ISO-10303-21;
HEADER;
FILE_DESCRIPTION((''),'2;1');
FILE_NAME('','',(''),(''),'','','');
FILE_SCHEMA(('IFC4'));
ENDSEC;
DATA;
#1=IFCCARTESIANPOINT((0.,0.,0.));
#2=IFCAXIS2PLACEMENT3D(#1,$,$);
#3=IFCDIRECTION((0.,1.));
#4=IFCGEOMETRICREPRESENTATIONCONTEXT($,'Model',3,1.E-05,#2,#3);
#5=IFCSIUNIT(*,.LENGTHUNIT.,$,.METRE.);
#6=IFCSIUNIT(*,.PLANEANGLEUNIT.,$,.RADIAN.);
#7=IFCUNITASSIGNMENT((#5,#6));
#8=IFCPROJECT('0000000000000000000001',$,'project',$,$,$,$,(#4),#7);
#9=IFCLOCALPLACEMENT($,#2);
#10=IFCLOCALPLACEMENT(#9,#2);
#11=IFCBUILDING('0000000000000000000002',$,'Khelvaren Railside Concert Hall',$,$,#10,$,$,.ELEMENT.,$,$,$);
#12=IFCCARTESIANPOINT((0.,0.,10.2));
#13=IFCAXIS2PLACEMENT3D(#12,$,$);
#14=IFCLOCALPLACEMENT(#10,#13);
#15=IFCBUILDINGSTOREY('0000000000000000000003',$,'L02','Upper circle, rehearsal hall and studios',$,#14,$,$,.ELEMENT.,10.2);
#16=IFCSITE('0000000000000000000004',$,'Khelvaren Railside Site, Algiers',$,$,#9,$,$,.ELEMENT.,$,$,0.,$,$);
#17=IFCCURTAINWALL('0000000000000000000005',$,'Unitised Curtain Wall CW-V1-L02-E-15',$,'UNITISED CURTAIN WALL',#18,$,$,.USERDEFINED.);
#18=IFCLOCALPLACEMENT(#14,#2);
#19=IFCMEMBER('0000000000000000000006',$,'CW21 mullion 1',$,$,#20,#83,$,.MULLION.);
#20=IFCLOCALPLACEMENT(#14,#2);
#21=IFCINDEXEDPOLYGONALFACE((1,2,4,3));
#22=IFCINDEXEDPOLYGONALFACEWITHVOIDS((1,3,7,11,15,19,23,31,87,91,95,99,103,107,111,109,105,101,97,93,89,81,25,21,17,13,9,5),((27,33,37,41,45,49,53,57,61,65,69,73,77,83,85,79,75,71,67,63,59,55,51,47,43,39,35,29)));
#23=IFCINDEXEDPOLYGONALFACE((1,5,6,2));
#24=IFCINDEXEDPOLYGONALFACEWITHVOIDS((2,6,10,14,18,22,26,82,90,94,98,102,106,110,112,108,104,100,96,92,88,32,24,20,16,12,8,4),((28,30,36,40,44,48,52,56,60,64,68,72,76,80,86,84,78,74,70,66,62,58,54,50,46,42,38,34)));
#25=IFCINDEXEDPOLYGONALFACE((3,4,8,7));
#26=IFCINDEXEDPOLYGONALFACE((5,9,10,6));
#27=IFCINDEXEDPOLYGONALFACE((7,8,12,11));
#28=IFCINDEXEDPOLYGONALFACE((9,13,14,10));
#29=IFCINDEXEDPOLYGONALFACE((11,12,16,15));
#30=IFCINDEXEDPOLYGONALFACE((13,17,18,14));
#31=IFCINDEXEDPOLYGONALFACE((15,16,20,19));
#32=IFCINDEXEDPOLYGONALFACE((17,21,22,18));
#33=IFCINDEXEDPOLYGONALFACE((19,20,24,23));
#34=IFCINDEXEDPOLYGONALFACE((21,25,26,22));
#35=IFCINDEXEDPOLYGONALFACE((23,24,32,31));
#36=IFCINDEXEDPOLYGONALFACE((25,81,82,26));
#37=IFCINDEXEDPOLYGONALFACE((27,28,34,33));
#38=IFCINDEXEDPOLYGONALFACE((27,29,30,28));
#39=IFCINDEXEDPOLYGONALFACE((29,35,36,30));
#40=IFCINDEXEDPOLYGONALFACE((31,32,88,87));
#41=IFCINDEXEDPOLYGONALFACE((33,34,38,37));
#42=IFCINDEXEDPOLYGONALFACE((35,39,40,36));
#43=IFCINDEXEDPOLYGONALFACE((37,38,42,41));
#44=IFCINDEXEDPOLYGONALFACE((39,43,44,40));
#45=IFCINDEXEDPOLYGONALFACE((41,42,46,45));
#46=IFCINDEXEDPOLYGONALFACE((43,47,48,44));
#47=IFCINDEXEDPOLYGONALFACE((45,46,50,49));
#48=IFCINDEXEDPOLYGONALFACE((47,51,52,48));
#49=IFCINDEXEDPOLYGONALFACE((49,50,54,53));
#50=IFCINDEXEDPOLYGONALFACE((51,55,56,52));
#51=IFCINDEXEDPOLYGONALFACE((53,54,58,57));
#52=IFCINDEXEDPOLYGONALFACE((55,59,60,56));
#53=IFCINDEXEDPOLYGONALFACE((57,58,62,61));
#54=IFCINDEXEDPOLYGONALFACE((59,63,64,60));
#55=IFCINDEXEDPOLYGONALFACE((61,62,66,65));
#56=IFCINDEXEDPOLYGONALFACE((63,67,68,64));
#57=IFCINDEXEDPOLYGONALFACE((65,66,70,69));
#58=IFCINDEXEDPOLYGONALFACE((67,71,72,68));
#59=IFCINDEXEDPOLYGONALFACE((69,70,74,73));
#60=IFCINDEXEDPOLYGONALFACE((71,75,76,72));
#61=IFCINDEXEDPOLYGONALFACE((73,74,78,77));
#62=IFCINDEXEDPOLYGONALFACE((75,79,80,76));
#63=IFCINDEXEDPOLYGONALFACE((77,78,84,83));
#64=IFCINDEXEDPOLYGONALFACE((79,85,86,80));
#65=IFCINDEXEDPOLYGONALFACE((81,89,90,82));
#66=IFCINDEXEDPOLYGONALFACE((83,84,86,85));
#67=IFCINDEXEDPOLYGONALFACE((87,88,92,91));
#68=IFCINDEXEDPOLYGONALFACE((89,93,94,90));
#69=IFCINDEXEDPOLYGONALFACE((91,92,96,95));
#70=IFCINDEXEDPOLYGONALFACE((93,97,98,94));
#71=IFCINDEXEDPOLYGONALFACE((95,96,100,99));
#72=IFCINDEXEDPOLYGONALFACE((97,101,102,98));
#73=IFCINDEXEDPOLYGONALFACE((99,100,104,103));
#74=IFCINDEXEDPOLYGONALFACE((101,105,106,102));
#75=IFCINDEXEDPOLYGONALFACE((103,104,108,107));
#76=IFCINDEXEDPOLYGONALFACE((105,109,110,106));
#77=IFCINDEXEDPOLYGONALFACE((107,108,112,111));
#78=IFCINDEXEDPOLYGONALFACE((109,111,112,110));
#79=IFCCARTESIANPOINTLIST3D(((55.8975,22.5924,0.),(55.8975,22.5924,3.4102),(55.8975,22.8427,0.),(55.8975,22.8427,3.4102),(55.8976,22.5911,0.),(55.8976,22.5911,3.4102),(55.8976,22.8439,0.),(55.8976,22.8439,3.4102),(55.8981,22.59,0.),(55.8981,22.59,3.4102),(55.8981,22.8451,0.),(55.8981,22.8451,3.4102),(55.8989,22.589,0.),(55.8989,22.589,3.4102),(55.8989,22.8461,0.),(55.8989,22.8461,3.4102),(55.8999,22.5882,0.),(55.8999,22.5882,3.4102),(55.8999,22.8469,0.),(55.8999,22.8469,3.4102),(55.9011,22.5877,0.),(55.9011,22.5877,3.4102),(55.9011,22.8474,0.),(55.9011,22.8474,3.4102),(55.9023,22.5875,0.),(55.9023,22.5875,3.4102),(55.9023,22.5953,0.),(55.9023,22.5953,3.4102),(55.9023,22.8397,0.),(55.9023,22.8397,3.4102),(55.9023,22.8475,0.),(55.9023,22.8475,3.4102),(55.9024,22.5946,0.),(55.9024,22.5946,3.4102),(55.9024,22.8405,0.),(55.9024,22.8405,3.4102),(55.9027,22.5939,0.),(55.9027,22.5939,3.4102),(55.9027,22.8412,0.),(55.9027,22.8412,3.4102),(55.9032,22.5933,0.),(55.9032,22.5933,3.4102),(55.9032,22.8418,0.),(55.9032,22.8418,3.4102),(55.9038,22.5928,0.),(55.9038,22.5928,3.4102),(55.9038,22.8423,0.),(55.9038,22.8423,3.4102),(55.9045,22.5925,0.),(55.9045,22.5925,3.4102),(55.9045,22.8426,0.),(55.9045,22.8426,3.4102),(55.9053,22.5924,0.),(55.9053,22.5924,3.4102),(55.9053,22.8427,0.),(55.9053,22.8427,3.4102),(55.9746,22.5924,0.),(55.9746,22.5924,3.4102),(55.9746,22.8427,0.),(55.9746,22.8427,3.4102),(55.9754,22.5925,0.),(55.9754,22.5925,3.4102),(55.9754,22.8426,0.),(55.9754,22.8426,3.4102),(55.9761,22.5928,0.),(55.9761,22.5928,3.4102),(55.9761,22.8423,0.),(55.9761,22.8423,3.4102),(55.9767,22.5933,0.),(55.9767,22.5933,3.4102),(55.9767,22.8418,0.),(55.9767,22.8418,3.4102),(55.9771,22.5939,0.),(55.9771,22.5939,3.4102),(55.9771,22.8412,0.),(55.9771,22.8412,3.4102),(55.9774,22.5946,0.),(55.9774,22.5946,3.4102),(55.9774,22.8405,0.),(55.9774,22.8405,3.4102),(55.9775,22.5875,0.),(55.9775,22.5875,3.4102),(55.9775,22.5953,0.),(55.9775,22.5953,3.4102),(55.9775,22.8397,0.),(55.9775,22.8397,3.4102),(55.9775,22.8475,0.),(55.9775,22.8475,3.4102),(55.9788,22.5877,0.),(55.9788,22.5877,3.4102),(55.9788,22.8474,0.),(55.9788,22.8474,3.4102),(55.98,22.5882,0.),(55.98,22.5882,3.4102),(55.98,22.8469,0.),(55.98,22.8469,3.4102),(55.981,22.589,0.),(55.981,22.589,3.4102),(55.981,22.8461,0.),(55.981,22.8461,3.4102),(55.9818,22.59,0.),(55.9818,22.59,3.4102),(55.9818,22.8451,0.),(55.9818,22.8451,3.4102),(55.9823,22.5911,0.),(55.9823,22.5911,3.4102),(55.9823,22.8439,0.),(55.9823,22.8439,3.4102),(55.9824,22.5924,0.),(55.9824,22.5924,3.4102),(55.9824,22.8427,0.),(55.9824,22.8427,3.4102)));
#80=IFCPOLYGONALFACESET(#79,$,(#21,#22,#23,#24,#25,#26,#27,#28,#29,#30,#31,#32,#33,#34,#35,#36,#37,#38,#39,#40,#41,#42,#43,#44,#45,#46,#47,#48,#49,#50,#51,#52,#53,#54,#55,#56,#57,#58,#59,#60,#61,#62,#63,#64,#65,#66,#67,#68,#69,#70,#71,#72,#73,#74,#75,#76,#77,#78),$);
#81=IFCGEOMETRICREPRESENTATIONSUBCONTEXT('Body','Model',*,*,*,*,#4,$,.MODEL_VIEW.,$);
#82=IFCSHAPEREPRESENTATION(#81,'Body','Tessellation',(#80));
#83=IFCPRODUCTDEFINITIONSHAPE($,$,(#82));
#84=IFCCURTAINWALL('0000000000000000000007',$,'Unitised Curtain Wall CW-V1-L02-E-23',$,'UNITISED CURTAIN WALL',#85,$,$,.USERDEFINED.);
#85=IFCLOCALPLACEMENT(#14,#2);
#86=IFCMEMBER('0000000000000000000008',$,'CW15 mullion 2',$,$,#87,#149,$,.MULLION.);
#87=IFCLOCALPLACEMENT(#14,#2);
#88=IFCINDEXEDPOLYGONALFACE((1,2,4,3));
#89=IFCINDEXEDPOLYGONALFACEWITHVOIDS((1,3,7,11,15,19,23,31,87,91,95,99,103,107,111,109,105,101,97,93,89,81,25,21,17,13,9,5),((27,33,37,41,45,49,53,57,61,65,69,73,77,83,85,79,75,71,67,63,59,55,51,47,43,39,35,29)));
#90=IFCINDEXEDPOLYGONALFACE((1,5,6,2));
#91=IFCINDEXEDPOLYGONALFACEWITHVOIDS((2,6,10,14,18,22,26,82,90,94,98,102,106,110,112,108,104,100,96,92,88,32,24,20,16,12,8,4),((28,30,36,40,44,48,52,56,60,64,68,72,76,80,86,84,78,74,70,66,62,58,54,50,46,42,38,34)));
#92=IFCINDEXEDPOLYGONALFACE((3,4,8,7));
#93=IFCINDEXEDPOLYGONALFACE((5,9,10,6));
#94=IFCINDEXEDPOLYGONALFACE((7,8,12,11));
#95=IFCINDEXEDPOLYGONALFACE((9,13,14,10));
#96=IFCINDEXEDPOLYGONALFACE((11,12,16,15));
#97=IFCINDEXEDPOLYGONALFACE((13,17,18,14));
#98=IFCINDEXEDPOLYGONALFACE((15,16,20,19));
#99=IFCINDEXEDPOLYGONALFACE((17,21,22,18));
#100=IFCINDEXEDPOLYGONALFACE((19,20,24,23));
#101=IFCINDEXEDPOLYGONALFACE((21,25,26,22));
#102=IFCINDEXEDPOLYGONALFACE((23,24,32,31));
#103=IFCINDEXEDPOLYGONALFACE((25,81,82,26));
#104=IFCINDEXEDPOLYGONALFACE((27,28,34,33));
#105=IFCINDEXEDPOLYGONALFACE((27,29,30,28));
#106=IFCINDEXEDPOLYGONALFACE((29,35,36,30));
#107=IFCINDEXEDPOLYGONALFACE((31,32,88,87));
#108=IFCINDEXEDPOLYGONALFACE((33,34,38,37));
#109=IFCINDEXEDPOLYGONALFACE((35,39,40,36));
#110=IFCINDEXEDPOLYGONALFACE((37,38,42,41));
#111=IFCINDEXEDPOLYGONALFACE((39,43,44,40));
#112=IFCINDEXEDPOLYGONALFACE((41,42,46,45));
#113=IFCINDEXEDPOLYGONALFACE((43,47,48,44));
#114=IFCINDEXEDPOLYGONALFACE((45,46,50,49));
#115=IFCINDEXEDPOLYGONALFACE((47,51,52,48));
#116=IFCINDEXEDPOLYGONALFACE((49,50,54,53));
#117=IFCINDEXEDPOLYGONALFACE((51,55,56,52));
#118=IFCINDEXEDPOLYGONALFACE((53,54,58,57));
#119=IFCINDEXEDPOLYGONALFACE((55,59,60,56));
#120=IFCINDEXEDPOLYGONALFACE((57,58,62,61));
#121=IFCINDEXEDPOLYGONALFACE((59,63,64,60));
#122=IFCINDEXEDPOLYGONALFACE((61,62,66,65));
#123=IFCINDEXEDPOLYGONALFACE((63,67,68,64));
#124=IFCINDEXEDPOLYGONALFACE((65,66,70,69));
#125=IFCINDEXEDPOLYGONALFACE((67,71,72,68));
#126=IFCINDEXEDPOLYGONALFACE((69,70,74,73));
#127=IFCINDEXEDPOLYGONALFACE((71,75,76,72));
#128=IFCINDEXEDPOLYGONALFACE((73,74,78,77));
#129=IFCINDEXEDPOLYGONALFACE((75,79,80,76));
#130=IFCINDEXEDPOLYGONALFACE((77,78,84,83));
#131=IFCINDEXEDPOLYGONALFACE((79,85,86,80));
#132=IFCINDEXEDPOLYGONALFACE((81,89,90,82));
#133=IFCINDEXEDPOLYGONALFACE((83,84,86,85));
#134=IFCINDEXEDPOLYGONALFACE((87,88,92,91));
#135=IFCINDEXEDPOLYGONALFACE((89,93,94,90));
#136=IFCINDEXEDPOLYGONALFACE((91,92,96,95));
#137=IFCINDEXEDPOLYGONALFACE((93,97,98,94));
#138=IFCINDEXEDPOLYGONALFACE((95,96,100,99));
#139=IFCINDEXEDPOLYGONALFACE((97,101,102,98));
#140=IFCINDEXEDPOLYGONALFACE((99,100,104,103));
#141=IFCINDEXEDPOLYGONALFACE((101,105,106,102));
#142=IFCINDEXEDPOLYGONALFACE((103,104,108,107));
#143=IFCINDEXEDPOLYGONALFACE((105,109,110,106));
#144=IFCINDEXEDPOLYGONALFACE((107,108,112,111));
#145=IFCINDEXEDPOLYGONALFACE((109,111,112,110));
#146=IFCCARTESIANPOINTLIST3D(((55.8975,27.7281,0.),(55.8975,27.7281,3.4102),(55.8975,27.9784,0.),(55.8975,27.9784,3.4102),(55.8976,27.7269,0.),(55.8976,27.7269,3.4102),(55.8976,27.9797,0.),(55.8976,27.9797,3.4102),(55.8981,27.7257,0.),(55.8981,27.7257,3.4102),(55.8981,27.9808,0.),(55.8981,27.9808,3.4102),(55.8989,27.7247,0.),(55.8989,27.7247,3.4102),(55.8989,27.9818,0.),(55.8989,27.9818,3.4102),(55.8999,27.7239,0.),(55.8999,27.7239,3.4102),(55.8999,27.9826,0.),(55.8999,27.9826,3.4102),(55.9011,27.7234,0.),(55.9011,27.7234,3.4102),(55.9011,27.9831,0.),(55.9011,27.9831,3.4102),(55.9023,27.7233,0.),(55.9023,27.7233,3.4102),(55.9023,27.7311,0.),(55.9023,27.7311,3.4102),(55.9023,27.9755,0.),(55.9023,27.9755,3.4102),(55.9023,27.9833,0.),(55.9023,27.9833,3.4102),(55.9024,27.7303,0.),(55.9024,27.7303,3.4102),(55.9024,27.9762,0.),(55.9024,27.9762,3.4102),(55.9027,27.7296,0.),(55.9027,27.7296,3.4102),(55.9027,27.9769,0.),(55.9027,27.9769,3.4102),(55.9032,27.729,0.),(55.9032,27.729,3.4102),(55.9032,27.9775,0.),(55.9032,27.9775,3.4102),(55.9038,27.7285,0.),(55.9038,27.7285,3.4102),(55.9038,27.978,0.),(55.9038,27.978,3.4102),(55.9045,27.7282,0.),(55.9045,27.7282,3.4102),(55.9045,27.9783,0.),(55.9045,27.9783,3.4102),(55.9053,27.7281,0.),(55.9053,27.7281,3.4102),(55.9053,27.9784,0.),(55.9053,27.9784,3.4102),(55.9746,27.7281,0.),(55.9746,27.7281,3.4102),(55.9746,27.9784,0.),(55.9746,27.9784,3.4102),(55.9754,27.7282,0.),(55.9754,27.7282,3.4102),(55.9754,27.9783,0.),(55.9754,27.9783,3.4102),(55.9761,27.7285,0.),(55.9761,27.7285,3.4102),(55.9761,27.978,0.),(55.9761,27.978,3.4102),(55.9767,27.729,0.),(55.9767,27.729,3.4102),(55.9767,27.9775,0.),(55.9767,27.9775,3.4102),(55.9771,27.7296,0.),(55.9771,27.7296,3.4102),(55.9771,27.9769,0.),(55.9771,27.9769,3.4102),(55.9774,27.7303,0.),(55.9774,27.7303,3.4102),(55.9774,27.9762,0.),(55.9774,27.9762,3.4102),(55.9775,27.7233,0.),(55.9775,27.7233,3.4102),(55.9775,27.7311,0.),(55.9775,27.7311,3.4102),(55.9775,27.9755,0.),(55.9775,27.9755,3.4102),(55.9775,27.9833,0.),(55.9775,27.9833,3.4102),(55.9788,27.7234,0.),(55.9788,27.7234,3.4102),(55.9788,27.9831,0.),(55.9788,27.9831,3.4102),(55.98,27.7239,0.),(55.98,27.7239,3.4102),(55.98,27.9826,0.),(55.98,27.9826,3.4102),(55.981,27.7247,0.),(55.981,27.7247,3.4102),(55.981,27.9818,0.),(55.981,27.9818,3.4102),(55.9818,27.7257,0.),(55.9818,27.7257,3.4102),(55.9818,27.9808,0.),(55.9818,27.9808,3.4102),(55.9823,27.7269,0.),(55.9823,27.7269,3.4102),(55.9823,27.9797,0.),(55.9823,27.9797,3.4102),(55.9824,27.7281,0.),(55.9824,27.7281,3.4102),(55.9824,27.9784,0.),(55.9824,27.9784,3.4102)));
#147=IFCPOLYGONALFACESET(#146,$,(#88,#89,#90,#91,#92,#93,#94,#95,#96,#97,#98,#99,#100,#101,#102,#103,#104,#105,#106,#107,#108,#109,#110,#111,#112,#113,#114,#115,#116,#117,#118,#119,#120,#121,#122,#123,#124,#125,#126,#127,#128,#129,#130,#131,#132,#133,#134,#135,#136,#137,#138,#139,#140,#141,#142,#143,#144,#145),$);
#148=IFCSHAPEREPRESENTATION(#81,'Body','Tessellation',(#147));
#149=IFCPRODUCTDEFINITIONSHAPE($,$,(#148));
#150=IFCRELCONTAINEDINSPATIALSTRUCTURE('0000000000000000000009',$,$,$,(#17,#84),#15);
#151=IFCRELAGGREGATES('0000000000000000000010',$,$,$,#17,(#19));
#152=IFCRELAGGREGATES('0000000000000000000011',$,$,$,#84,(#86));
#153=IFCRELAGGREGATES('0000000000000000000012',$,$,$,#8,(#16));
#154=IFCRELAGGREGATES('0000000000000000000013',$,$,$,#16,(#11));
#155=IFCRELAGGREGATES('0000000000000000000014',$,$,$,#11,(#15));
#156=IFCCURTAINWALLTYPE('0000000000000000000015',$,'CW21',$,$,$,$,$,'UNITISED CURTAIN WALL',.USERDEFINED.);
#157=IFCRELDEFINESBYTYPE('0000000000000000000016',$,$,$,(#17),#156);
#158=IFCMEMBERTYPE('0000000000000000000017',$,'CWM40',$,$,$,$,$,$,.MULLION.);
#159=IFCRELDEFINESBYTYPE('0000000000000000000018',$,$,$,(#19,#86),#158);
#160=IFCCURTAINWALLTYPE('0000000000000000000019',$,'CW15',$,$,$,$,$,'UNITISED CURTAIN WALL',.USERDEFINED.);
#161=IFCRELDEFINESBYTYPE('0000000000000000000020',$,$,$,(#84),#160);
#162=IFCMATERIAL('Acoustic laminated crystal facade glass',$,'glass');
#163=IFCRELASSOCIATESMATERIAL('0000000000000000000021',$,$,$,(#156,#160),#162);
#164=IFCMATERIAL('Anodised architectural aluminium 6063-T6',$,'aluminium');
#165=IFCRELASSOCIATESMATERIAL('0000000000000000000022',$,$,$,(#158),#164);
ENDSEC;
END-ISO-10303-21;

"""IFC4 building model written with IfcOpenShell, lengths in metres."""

from ifc_helpers import new_model, si_unit, direction, frame, origin, origin_2d, place, context, subcontext, project, spatial, hollow_rectangle, extrude, material, material_profile, profile_set, type_object, element, aggregate, save


model = new_model("IFC4")

# Units and contexts
model_context = context("Model", 3, precision=1e-05, world=origin(), true_north=direction((0.0, 1.0)))
body_context = subcontext(model_context, "Body", "Model", "MODEL_VIEW")
ifc_project = project(units=[si_unit("LENGTHUNIT", "METRE"), si_unit("PLANEANGLEUNIT", "RADIAN")], contexts=[model_context])

# Site, building, storey
site_placement = place(None, origin())
site = spatial("IfcSite", under=ifc_project, at=site_placement, Name="Khelvaren Railside Site, Algiers", CompositionType="ELEMENT", RefElevation=0.0)
building_placement = place(site_placement, origin())
building = spatial("IfcBuilding", under=site, at=building_placement, Name="Khelvaren Railside Concert Hall", CompositionType="ELEMENT")
storey_placement = place(building_placement, frame((0.0, 0.0, 10.2)))
storey = spatial("IfcBuildingStorey", under=building, at=storey_placement, Name="L02", Description="Upper circle, rehearsal hall and studios", CompositionType="ELEMENT", Elevation=10.2)

# Curtain wall, member
ifc_material_1 = material(Name="Acoustic laminated crystal facade glass", Category="glass")
curtain_wall_type_1 = type_object("IfcCurtainWallType", Name="CW21", ElementType="UNITISED CURTAIN WALL", PredefinedType="USERDEFINED", material=ifc_material_1)
curtain_wall_1_placement = place(storey_placement, origin())
curtain_wall_1 = element("IfcCurtainWall", 1, at=curtain_wall_1_placement, inside=storey, type_object=curtain_wall_type_1, Name="Unitised Curtain Wall CW-V1-L02-E-15", ObjectType="UNITISED CURTAIN WALL", PredefinedType="USERDEFINED")
ifc_material_2 = material(Name="Anodised architectural aluminium 6063-T6", Category="aluminium")
ifc_material_profile_1 = material_profile(ifc_material_2, hollow_rectangle(XDim=0.085, YDim=0.26, WallThickness=0.0049, InnerFilletRadius=0.0029, OuterFilletRadius=0.0049, at=origin_2d()), Name="CWM 85x260x5")
ifc_profile_set_1 = profile_set([ifc_material_profile_1], Name="Anodised architectural aluminium 6063-T6")
member_type_1 = type_object("IfcMemberType", Name="CWM40", PredefinedType="MULLION", material=ifc_profile_set_1)
member_1_placement = place(storey_placement, frame((55.9399, 22.7175, 0.0), z_axis=(0.0, 0.0, 1.0), x_axis=(1.0, 0.0, 0.0)))
member_1 = element("IfcMember", 2, at=member_1_placement, type_object=member_type_1, Name="CW21 mullion 1", PredefinedType="MULLION", context=body_context, shape_type="SweptSolid", body=[
    extrude(hollow_rectangle(XDim=0.085, YDim=0.26, WallThickness=0.0049, InnerFilletRadius=0.0029, OuterFilletRadius=0.0049, at=origin_2d()), origin(), (0.0, 0.0, 1.0), 3.4102),
])

# Curtain wall, member
curtain_wall_type_2 = type_object("IfcCurtainWallType", Name="CW15", ElementType="UNITISED CURTAIN WALL", PredefinedType="USERDEFINED", material=ifc_material_1)
curtain_wall_2_placement = place(storey_placement, origin())
curtain_wall_2 = element("IfcCurtainWall", 3, at=curtain_wall_2_placement, inside=storey, type_object=curtain_wall_type_2, Name="Unitised Curtain Wall CW-V1-L02-E-23", ObjectType="UNITISED CURTAIN WALL", PredefinedType="USERDEFINED")
member_2_placement = place(storey_placement, frame((55.9399, 27.8533, 0.0), z_axis=(0.0, 0.0, 1.0), x_axis=(1.0, 0.0, 0.0)))
member_2 = element("IfcMember", 4, at=member_2_placement, type_object=member_type_1, Name="CW15 mullion 2", PredefinedType="MULLION", context=body_context, shape_type="SweptSolid", body=[
    extrude(hollow_rectangle(XDim=0.085, YDim=0.26, WallThickness=0.0049, InnerFilletRadius=0.0029, OuterFilletRadius=0.0049, at=origin_2d()), origin(), (0.0, 0.0, 1.0), 3.4102),
])

aggregate(curtain_wall_1, [member_1])

aggregate(curtain_wall_2, [member_2])

save(model, "model.ifc")
